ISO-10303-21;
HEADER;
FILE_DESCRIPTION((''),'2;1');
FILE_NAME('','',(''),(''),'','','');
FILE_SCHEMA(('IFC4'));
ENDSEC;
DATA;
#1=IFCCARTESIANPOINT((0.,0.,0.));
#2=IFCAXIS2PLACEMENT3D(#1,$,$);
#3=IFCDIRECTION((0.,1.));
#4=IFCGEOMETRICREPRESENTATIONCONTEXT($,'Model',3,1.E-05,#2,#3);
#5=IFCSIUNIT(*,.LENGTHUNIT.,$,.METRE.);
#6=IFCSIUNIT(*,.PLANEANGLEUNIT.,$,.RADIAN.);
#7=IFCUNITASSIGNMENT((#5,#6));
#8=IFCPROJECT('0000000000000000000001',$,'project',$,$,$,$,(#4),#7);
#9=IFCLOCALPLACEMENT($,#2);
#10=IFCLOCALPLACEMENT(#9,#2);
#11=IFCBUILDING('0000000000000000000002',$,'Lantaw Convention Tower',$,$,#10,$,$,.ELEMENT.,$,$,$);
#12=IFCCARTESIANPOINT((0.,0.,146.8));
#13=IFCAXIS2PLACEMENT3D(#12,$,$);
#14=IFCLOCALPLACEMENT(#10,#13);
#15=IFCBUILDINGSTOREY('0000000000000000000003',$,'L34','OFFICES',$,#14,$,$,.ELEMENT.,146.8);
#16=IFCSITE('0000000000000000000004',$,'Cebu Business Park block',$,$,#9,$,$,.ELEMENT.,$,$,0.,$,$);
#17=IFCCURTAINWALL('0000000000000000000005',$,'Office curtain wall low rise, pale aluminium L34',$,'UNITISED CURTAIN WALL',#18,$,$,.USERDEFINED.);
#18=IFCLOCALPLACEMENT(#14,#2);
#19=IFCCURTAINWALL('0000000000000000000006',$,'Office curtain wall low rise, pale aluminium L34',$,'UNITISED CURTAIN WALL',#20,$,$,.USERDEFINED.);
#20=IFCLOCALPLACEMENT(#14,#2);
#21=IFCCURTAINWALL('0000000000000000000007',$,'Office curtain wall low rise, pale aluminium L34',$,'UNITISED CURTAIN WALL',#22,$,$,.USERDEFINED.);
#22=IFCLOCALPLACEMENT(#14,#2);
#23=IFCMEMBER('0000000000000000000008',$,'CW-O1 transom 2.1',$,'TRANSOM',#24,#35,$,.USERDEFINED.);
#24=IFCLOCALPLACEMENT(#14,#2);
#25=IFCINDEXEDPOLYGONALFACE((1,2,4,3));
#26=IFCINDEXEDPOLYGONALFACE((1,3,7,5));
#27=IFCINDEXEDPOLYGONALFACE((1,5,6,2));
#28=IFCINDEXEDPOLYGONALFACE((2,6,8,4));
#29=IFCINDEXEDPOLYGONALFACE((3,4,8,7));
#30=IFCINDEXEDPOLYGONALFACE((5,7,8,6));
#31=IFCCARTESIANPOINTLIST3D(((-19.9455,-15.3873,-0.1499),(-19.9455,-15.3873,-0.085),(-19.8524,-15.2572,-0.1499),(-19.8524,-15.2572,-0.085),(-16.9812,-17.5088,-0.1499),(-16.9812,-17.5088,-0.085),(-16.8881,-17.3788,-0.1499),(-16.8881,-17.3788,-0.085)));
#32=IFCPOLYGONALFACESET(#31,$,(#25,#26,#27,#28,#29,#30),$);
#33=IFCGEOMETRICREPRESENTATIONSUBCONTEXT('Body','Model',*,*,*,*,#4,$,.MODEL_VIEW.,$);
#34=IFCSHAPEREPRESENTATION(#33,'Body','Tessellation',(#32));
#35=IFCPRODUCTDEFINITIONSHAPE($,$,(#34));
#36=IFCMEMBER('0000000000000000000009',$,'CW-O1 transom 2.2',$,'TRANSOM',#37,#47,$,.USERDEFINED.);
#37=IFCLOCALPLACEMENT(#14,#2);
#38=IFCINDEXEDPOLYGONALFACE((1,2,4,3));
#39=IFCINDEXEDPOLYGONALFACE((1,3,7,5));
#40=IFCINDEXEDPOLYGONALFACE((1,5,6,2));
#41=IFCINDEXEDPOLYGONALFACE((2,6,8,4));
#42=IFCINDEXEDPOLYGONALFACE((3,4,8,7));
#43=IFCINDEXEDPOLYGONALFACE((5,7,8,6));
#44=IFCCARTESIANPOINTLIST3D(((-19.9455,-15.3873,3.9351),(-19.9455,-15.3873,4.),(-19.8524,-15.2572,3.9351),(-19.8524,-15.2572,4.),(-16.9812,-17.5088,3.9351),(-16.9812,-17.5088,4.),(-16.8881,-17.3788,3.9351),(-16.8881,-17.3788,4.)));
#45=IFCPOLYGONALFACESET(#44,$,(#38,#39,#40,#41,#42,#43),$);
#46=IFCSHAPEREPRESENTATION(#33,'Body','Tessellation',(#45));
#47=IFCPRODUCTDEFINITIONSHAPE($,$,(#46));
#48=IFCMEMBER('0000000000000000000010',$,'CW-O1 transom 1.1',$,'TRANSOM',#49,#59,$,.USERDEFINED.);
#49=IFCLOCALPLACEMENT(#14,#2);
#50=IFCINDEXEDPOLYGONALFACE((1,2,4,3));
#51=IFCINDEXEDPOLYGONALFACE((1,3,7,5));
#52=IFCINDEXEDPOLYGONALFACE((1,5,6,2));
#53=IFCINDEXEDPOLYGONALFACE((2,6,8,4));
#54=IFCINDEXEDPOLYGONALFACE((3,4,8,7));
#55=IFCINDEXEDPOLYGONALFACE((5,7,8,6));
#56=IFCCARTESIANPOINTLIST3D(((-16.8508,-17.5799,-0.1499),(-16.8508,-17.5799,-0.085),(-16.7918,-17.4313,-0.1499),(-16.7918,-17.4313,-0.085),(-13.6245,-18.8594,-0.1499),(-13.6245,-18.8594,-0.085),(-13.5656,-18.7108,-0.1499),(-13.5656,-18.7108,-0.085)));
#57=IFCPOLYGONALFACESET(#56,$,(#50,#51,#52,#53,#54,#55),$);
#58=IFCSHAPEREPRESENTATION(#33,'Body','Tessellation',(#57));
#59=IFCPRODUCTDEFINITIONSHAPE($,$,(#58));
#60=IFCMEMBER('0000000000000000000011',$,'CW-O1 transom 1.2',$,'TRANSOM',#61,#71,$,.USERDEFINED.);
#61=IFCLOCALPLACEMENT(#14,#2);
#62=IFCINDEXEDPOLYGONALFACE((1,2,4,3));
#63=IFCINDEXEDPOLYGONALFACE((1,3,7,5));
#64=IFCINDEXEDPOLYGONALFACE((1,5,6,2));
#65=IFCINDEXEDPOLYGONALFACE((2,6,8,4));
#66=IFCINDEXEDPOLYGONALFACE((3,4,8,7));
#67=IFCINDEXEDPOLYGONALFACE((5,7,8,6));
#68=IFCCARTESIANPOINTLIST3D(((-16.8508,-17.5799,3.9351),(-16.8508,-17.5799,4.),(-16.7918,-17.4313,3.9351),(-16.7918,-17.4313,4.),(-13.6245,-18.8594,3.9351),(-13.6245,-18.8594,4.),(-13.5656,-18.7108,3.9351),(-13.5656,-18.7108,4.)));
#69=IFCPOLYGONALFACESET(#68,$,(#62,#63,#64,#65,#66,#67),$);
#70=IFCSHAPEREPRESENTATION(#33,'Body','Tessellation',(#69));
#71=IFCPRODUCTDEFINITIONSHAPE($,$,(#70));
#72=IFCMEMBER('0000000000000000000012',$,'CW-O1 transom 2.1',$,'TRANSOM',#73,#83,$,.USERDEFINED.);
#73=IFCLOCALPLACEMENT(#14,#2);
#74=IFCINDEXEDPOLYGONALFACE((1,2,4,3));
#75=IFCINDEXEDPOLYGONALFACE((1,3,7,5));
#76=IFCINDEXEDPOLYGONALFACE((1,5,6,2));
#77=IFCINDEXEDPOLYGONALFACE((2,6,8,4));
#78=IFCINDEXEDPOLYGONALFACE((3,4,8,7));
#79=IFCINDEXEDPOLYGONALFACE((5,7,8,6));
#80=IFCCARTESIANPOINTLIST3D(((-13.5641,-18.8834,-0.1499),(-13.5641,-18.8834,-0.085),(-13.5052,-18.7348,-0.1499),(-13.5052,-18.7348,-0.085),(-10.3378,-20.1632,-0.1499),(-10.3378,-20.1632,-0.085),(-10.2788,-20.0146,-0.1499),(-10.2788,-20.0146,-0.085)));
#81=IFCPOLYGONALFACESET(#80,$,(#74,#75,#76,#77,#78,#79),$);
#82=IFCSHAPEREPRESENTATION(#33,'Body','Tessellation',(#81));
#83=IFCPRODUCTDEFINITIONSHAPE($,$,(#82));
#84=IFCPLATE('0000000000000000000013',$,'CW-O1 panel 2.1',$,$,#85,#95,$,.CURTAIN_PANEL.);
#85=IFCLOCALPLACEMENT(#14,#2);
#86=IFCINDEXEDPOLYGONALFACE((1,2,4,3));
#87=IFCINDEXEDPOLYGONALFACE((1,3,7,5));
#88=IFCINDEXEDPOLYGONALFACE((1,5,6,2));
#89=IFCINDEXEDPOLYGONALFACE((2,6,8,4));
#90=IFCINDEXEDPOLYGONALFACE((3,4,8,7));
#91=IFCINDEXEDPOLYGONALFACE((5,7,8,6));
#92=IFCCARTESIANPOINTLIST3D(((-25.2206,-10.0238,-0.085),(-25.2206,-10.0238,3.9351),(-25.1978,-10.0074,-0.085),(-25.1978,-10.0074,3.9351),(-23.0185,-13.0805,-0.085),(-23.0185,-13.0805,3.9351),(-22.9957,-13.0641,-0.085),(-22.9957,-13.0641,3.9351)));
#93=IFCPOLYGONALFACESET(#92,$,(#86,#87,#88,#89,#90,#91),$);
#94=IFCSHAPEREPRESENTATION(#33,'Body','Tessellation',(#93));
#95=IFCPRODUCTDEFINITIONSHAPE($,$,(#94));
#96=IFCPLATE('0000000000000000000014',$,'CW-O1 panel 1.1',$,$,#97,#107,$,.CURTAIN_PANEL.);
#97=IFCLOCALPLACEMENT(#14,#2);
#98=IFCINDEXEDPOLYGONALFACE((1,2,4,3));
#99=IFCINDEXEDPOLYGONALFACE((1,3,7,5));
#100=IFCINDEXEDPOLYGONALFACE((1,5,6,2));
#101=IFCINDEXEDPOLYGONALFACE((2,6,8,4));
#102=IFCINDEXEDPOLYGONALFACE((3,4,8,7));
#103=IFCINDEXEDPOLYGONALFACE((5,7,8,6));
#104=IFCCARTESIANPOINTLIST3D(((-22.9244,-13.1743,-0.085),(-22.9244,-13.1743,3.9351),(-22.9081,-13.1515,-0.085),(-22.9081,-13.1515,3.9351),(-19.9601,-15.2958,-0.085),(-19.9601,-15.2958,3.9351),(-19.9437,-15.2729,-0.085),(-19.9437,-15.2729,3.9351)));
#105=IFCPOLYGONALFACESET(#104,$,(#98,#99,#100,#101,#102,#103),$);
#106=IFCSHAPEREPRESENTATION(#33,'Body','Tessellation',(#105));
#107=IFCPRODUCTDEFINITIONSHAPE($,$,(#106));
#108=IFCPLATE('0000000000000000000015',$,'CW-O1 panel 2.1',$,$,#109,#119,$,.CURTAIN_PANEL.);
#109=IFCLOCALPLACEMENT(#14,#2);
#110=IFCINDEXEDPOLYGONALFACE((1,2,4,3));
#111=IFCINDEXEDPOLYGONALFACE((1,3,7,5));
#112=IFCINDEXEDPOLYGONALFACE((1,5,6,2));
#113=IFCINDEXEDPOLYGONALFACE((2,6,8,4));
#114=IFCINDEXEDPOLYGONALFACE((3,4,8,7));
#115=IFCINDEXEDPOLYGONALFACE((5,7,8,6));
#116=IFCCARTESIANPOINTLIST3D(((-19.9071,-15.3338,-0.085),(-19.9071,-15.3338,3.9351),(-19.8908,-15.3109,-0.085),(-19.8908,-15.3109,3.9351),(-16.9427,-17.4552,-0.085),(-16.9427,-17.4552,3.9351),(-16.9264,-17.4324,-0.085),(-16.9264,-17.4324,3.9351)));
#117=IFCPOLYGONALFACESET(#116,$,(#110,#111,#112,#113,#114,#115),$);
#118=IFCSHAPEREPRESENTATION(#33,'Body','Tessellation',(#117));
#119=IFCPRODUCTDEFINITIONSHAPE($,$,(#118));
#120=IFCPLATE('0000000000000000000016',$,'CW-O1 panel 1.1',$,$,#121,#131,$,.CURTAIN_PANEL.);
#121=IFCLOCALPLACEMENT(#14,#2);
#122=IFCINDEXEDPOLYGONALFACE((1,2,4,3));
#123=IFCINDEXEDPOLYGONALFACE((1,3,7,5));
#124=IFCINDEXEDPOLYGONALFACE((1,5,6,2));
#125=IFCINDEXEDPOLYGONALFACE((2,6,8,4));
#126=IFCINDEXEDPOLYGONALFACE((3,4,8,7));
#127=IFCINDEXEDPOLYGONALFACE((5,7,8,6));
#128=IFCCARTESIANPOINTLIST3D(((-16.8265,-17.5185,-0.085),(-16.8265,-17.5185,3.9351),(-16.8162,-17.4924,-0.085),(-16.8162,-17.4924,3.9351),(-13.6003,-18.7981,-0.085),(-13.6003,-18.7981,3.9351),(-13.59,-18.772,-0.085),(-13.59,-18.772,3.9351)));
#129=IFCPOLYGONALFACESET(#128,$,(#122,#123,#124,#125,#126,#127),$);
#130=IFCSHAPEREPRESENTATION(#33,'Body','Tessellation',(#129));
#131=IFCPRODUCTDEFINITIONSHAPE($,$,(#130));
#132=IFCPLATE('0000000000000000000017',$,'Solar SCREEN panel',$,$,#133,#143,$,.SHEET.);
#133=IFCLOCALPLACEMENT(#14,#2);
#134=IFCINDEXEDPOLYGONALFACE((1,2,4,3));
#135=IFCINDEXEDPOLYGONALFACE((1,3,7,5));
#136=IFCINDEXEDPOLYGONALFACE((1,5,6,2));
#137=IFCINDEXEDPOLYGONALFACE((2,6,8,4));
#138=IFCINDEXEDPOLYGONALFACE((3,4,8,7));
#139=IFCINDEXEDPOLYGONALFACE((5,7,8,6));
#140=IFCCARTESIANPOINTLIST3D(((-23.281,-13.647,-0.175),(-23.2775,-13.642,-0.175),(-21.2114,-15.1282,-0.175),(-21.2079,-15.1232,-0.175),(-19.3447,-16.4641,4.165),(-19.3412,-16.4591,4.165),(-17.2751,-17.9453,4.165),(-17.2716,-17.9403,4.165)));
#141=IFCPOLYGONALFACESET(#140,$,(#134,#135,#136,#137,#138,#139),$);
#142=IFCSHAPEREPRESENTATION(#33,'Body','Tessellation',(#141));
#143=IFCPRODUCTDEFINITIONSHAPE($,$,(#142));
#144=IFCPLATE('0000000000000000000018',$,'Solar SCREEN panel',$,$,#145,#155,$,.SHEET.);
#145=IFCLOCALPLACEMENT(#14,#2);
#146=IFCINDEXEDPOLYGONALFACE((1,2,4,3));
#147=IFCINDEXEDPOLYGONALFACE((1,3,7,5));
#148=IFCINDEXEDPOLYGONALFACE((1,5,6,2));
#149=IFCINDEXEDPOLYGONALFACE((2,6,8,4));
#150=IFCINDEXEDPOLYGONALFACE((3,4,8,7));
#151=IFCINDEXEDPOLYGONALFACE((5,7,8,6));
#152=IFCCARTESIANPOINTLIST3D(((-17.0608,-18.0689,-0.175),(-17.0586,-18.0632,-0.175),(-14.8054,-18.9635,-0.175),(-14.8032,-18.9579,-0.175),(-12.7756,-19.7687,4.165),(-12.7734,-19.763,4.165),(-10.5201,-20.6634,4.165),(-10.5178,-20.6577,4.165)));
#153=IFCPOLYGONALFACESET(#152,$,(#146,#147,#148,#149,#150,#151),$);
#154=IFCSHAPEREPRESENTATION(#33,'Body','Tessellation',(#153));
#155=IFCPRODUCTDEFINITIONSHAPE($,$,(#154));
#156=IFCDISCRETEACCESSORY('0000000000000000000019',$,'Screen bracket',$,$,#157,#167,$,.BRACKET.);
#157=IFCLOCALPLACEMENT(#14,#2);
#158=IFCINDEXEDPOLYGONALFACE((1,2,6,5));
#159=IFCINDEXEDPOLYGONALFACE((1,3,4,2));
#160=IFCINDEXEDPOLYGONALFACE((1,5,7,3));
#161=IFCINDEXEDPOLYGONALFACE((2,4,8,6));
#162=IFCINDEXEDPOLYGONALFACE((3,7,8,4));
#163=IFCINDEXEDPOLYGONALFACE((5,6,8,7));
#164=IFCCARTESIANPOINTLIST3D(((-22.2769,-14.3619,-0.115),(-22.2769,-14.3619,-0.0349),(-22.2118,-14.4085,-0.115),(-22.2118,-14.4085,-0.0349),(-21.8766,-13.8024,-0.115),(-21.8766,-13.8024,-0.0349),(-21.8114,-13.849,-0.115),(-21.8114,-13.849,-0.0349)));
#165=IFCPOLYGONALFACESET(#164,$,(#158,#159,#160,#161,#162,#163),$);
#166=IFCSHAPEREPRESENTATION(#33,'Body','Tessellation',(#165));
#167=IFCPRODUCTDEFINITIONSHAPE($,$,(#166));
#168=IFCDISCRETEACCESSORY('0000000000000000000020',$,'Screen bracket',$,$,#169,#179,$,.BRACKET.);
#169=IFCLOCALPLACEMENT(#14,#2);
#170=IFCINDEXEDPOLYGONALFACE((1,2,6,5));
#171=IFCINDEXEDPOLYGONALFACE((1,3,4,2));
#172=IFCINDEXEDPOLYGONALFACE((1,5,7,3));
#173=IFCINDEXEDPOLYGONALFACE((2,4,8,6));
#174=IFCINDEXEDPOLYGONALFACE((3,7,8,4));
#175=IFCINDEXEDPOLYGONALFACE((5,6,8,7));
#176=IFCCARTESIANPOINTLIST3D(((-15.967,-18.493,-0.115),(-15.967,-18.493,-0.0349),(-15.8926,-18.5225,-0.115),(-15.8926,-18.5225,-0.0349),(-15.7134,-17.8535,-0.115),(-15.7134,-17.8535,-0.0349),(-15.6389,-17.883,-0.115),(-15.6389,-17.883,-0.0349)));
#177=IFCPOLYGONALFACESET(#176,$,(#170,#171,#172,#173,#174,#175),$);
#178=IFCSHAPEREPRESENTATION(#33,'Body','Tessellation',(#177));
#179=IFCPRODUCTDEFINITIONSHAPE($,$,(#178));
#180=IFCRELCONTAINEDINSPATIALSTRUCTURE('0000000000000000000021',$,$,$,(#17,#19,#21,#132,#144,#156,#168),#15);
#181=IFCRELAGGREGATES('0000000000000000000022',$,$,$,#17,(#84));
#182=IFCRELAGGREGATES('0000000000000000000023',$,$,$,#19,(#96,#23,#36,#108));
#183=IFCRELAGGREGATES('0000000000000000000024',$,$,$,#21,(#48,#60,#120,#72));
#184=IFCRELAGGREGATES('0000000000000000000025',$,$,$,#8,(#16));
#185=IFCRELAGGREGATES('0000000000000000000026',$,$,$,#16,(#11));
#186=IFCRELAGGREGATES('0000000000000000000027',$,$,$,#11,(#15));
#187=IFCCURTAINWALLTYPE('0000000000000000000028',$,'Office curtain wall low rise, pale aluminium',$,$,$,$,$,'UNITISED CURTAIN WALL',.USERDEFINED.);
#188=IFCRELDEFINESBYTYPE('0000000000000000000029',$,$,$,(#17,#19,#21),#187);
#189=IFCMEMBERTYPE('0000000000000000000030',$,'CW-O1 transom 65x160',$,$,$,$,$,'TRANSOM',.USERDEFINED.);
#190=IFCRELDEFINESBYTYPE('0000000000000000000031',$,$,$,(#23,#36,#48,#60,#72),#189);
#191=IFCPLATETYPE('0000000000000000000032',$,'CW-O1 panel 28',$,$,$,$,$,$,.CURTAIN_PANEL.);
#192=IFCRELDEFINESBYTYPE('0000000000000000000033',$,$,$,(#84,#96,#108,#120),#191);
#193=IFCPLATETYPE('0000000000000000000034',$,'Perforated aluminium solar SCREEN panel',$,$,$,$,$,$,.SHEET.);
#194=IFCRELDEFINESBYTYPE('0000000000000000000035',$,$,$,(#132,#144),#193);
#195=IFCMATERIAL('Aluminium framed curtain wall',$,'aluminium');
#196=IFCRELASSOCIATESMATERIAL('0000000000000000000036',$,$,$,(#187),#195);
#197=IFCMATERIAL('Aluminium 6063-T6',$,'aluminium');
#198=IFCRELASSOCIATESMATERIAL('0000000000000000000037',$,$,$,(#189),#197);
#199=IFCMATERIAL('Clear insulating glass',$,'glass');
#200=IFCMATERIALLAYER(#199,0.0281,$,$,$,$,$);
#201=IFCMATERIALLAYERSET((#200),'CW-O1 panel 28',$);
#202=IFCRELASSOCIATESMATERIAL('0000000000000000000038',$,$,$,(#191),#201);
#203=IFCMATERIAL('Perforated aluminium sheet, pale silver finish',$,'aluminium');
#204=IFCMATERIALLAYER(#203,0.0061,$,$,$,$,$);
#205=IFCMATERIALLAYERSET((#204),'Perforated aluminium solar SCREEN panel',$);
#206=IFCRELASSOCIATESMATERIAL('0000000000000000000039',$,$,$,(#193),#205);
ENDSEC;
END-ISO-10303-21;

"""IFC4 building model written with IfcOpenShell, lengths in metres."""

from ifc_helpers import new_model, si_unit, direction, frame, origin, origin_2d, place, context, subcontext, project, spatial, polyline, rectangle, outline, extrude, material, layer, layer_set, material_profile, profile_set, type_object, element, aggregate, save


model = new_model("IFC4")

# Units and contexts
model_context = context("Model", 3, precision=1e-05, world=origin(), true_north=direction((0.0, 1.0)))
body_context = subcontext(model_context, "Body", "Model", "MODEL_VIEW")
ifc_project = project(units=[si_unit("LENGTHUNIT", "METRE"), si_unit("PLANEANGLEUNIT", "RADIAN")], contexts=[model_context])

# Site, building, storey
site_placement = place(None, origin())
site = spatial("IfcSite", under=ifc_project, at=site_placement, Name="Cebu Business Park block", CompositionType="ELEMENT", RefElevation=0.0)
building_placement = place(site_placement, origin())
building = spatial("IfcBuilding", under=site, at=building_placement, Name="Lantaw Convention Tower", CompositionType="ELEMENT")
storey_placement = place(building_placement, frame((0.0, 0.0, 146.8)))
storey = spatial("IfcBuildingStorey", under=building, at=storey_placement, Name="L34", Description="OFFICES", CompositionType="ELEMENT", Elevation=146.8)

# Curtain walls
ifc_material_1 = material(Name="Aluminium framed curtain wall", Category="aluminium")
curtain_wall_type = type_object("IfcCurtainWallType", Name="Office curtain wall low rise, pale aluminium", ElementType="UNITISED CURTAIN WALL", PredefinedType="USERDEFINED", material=ifc_material_1)
curtain_wall_1_placement = place(storey_placement, origin())
curtain_wall_1 = element("IfcCurtainWall", 1, at=curtain_wall_1_placement, inside=storey, type_object=curtain_wall_type, Name="Office curtain wall low rise, pale aluminium L34", ObjectType="UNITISED CURTAIN WALL", PredefinedType="USERDEFINED")
ifc_material_2 = material(Name="Aluminium 6063-T6", Category="aluminium")
curtain_wall_2_placement = place(storey_placement, origin())
curtain_wall_2 = element("IfcCurtainWall", 2, at=curtain_wall_2_placement, inside=storey, type_object=curtain_wall_type, Name="Office curtain wall low rise, pale aluminium L34", ObjectType="UNITISED CURTAIN WALL", PredefinedType="USERDEFINED")
curtain_wall_3_placement = place(storey_placement, origin())
curtain_wall_3 = element("IfcCurtainWall", 3, at=curtain_wall_3_placement, inside=storey, type_object=curtain_wall_type, Name="Office curtain wall low rise, pale aluminium L34", ObjectType="UNITISED CURTAIN WALL", PredefinedType="USERDEFINED")

# Members
ifc_material_profile_1 = material_profile(ifc_material_2, rectangle(XDim=0.1599, YDim=0.0649, at=origin_2d()), Name="CW-O1 transom 65x160")
ifc_profile_set_1 = profile_set([ifc_material_profile_1], Name="Aluminium 6063-T6")
member_type_1 = type_object("IfcMemberType", Name="CW-O1 transom 65x160", ElementType="TRANSOM", PredefinedType="USERDEFINED", material=ifc_profile_set_1)
member_1_placement = place(storey_placement, frame((-19.8989, -15.3223, -0.1174), z_axis=(0.81319, -0.581998, 0.0), x_axis=(0.581998, 0.81319, 0.0)))
member_1 = element("IfcMember", 4, at=member_1_placement, type_object=member_type_1, Name="CW-O1 transom 2.1", ObjectType="TRANSOM", PredefinedType="USERDEFINED", context=body_context, shape_type="SweptSolid", body=[
    extrude(rectangle(XDim=0.1599, YDim=0.0649, at=origin_2d()), origin(), (0.0, 0.0, 1.0), 3.6453),
])
member_2_placement = place(storey_placement, frame((-19.8989, -15.3223, 3.9675), z_axis=(0.81319, -0.581998, 0.0), x_axis=(0.581998, 0.81319, 0.0)))
member_2 = element("IfcMember", 5, at=member_2_placement, type_object=member_type_1, Name="CW-O1 transom 2.2", ObjectType="TRANSOM", PredefinedType="USERDEFINED", context=body_context, shape_type="SweptSolid", body=[
    extrude(rectangle(XDim=0.1599, YDim=0.0649, at=origin_2d()), origin(), (0.0, 0.0, 1.0), 3.6453),
])
member_3_placement = place(storey_placement, frame((-16.8213, -17.5056, -0.1174), z_axis=(0.929564, -0.36866, 0.0), x_axis=(0.36866, 0.929564, 0.0)))
member_3 = element("IfcMember", 6, at=member_3_placement, type_object=member_type_1, Name="CW-O1 transom 1.1", ObjectType="TRANSOM", PredefinedType="USERDEFINED", context=body_context, shape_type="SweptSolid", body=[
    extrude(rectangle(XDim=0.1599, YDim=0.0649, at=origin_2d()), origin(), (0.0, 0.0, 1.0), 3.4707),
])
member_4_placement = place(storey_placement, frame((-16.8213, -17.5056, 3.9675), z_axis=(0.929564, -0.36866, 0.0), x_axis=(0.36866, 0.929564, 0.0)))
member_4 = element("IfcMember", 7, at=member_4_placement, type_object=member_type_1, Name="CW-O1 transom 1.2", ObjectType="TRANSOM", PredefinedType="USERDEFINED", context=body_context, shape_type="SweptSolid", body=[
    extrude(rectangle(XDim=0.1599, YDim=0.0649, at=origin_2d()), origin(), (0.0, 0.0, 1.0), 3.4707),
])
member_5_placement = place(storey_placement, frame((-13.5347, -18.8091, -0.1174), z_axis=(0.92954, -0.368721, 0.0), x_axis=(0.368721, 0.92954, 0.0)))
member_5 = element("IfcMember", 8, at=member_5_placement, type_object=member_type_1, Name="CW-O1 transom 2.1", ObjectType="TRANSOM", PredefinedType="USERDEFINED", context=body_context, shape_type="SweptSolid", body=[
    extrude(rectangle(XDim=0.1599, YDim=0.0649, at=origin_2d()), origin(), (0.0, 0.0, 1.0), 3.4709),
])

# Plates
ifc_material_3 = material(Name="Clear insulating glass", Category="glass")
ifc_layer_1 = layer(ifc_material_3, 0.0281)
ifc_layer_set_1 = layer_set([ifc_layer_1], Name="CW-O1 panel 28")
plate_type_1 = type_object("IfcPlateType", Name="CW-O1 panel 28", PredefinedType="CURTAIN_PANEL", material=ifc_layer_set_1)
plate_1_placement = place(storey_placement, frame((-24.1082, -11.5439, -0.085), z_axis=(0.0, 0.0, 1.0), x_axis=(0.584513, -0.811385, 0.0)))
plate_1 = element("IfcPlate", 9, at=plate_1_placement, type_object=plate_type_1, Name="CW-O1 panel 2.1", PredefinedType="CURTAIN_PANEL", context=body_context, shape_type="SweptSolid", body=[
    extrude(rectangle(XDim=3.7673, YDim=0.0281, at=origin_2d()), origin(), (0.0, 0.0, 1.0), 4.02),
])
aggregate(curtain_wall_1, [plate_1])
plate_2_placement = place(storey_placement, frame((-21.4341, -14.2236, -0.085), z_axis=(0.0, 0.0, 1.0), x_axis=(0.813208, -0.581973, 0.0)))
plate_2 = element("IfcPlate", 10, at=plate_2_placement, type_object=plate_type_1, Name="CW-O1 panel 1.1", PredefinedType="CURTAIN_PANEL", context=body_context, shape_type="SweptSolid", body=[
    extrude(rectangle(XDim=3.6453, YDim=0.0281, at=origin_2d()), origin(), (0.0, 0.0, 1.0), 4.02),
])
plate_3_placement = place(storey_placement, frame((-18.4167, -16.3831, -0.085), z_axis=(0.0, 0.0, 1.0), x_axis=(0.813208, -0.581973, 0.0)))
plate_3 = element("IfcPlate", 11, at=plate_3_placement, type_object=plate_type_1, Name="CW-O1 panel 2.1", PredefinedType="CURTAIN_PANEL", context=body_context, shape_type="SweptSolid", body=[
    extrude(rectangle(XDim=3.6453, YDim=0.0281, at=origin_2d()), origin(), (0.0, 0.0, 1.0), 4.02),
])
aggregate(curtain_wall_2, [plate_2, member_1, member_2, plate_3])
plate_4_placement = place(storey_placement, frame((-15.2083, -18.1453, -0.085), z_axis=(0.0, 0.0, 1.0), x_axis=(0.929548, -0.368702, 0.0)))
plate_4 = element("IfcPlate", 12, at=plate_4_placement, type_object=plate_type_1, Name="CW-O1 panel 1.1", PredefinedType="CURTAIN_PANEL", context=body_context, shape_type="SweptSolid", body=[
    extrude(rectangle(XDim=3.4707, YDim=0.0281, at=origin_2d()), origin(), (0.0, 0.0, 1.0), 4.02),
])
aggregate(curtain_wall_3, [member_3, member_4, plate_4, member_5])

# Plates
ifc_material_4 = material(Name="Perforated aluminium sheet, pale silver finish", Category="aluminium")
ifc_layer_2 = layer(ifc_material_4, 0.0061)
ifc_layer_set_2 = layer_set([ifc_layer_2], Name="Perforated aluminium solar SCREEN panel")
plate_type_2 = type_object("IfcPlateType", Name="Perforated aluminium solar SCREEN panel", PredefinedType="SHEET", material=ifc_layer_set_2)
plate_5_placement = place(storey_placement, frame((-23.281, -13.647, -0.175), z_axis=(-0.582, -0.813189, 0.000012), x_axis=(0.813189, -0.582, 0.0)))
element("IfcPlate", 13, at=plate_5_placement, inside=storey, type_object=plate_type_2, Name="Solar SCREEN panel", PredefinedType="SHEET", context=body_context, shape_type="SweptSolid", body=[
    extrude(outline(polyline([(0.0, 0.0), (2.545, 0.0), (7.3855, 4.3401), (4.8405, 4.3401), (0.0, 0.0)])), origin(), (0.0, 0.0, -1.0), 0.0061),
])
plate_6_placement = place(storey_placement, frame((-17.0586, -18.0632, -0.175), z_axis=(0.368709, 0.929545, 0.000011), x_axis=(0.929545, -0.368709, 0.0)))
element("IfcPlate", 14, at=plate_6_placement, inside=storey, type_object=plate_type_2, Name="Solar SCREEN panel", PredefinedType="SHEET", context=body_context, shape_type="SweptSolid", body=[
    extrude(outline(polyline([(0.0, 0.0), (2.4264, 0.0), (7.0365, -4.3401), (4.61, -4.3401), (0.0, 0.0)])), origin(), (0.0, 0.0, -1.0), 0.0061),
])

# Discrete accessories
for number, where, z_axis, x_axis, name in (
    (15, (-22.0442, -14.1055, -0.115), (0.0, 0.0, 1.0), (0.813208, -0.581973, 0.0), "Screen bracket"),
    (16, (-15.803, -18.188, -0.115), (0.0, 0.0, 1.0), (0.929548, -0.368702, 0.0), "Screen bracket"),
):
    element("IfcDiscreteAccessory", number, at=place(storey_placement, frame(where, z_axis=z_axis, x_axis=x_axis)), inside=storey, Name=name, PredefinedType="BRACKET", context=body_context, shape_type="SweptSolid", body=[
        extrude(rectangle(XDim=0.0801, YDim=0.688, at=origin_2d()), origin(), (0.0, 0.0, 1.0), 0.0801),
    ])

save(model, "model.ifc")
